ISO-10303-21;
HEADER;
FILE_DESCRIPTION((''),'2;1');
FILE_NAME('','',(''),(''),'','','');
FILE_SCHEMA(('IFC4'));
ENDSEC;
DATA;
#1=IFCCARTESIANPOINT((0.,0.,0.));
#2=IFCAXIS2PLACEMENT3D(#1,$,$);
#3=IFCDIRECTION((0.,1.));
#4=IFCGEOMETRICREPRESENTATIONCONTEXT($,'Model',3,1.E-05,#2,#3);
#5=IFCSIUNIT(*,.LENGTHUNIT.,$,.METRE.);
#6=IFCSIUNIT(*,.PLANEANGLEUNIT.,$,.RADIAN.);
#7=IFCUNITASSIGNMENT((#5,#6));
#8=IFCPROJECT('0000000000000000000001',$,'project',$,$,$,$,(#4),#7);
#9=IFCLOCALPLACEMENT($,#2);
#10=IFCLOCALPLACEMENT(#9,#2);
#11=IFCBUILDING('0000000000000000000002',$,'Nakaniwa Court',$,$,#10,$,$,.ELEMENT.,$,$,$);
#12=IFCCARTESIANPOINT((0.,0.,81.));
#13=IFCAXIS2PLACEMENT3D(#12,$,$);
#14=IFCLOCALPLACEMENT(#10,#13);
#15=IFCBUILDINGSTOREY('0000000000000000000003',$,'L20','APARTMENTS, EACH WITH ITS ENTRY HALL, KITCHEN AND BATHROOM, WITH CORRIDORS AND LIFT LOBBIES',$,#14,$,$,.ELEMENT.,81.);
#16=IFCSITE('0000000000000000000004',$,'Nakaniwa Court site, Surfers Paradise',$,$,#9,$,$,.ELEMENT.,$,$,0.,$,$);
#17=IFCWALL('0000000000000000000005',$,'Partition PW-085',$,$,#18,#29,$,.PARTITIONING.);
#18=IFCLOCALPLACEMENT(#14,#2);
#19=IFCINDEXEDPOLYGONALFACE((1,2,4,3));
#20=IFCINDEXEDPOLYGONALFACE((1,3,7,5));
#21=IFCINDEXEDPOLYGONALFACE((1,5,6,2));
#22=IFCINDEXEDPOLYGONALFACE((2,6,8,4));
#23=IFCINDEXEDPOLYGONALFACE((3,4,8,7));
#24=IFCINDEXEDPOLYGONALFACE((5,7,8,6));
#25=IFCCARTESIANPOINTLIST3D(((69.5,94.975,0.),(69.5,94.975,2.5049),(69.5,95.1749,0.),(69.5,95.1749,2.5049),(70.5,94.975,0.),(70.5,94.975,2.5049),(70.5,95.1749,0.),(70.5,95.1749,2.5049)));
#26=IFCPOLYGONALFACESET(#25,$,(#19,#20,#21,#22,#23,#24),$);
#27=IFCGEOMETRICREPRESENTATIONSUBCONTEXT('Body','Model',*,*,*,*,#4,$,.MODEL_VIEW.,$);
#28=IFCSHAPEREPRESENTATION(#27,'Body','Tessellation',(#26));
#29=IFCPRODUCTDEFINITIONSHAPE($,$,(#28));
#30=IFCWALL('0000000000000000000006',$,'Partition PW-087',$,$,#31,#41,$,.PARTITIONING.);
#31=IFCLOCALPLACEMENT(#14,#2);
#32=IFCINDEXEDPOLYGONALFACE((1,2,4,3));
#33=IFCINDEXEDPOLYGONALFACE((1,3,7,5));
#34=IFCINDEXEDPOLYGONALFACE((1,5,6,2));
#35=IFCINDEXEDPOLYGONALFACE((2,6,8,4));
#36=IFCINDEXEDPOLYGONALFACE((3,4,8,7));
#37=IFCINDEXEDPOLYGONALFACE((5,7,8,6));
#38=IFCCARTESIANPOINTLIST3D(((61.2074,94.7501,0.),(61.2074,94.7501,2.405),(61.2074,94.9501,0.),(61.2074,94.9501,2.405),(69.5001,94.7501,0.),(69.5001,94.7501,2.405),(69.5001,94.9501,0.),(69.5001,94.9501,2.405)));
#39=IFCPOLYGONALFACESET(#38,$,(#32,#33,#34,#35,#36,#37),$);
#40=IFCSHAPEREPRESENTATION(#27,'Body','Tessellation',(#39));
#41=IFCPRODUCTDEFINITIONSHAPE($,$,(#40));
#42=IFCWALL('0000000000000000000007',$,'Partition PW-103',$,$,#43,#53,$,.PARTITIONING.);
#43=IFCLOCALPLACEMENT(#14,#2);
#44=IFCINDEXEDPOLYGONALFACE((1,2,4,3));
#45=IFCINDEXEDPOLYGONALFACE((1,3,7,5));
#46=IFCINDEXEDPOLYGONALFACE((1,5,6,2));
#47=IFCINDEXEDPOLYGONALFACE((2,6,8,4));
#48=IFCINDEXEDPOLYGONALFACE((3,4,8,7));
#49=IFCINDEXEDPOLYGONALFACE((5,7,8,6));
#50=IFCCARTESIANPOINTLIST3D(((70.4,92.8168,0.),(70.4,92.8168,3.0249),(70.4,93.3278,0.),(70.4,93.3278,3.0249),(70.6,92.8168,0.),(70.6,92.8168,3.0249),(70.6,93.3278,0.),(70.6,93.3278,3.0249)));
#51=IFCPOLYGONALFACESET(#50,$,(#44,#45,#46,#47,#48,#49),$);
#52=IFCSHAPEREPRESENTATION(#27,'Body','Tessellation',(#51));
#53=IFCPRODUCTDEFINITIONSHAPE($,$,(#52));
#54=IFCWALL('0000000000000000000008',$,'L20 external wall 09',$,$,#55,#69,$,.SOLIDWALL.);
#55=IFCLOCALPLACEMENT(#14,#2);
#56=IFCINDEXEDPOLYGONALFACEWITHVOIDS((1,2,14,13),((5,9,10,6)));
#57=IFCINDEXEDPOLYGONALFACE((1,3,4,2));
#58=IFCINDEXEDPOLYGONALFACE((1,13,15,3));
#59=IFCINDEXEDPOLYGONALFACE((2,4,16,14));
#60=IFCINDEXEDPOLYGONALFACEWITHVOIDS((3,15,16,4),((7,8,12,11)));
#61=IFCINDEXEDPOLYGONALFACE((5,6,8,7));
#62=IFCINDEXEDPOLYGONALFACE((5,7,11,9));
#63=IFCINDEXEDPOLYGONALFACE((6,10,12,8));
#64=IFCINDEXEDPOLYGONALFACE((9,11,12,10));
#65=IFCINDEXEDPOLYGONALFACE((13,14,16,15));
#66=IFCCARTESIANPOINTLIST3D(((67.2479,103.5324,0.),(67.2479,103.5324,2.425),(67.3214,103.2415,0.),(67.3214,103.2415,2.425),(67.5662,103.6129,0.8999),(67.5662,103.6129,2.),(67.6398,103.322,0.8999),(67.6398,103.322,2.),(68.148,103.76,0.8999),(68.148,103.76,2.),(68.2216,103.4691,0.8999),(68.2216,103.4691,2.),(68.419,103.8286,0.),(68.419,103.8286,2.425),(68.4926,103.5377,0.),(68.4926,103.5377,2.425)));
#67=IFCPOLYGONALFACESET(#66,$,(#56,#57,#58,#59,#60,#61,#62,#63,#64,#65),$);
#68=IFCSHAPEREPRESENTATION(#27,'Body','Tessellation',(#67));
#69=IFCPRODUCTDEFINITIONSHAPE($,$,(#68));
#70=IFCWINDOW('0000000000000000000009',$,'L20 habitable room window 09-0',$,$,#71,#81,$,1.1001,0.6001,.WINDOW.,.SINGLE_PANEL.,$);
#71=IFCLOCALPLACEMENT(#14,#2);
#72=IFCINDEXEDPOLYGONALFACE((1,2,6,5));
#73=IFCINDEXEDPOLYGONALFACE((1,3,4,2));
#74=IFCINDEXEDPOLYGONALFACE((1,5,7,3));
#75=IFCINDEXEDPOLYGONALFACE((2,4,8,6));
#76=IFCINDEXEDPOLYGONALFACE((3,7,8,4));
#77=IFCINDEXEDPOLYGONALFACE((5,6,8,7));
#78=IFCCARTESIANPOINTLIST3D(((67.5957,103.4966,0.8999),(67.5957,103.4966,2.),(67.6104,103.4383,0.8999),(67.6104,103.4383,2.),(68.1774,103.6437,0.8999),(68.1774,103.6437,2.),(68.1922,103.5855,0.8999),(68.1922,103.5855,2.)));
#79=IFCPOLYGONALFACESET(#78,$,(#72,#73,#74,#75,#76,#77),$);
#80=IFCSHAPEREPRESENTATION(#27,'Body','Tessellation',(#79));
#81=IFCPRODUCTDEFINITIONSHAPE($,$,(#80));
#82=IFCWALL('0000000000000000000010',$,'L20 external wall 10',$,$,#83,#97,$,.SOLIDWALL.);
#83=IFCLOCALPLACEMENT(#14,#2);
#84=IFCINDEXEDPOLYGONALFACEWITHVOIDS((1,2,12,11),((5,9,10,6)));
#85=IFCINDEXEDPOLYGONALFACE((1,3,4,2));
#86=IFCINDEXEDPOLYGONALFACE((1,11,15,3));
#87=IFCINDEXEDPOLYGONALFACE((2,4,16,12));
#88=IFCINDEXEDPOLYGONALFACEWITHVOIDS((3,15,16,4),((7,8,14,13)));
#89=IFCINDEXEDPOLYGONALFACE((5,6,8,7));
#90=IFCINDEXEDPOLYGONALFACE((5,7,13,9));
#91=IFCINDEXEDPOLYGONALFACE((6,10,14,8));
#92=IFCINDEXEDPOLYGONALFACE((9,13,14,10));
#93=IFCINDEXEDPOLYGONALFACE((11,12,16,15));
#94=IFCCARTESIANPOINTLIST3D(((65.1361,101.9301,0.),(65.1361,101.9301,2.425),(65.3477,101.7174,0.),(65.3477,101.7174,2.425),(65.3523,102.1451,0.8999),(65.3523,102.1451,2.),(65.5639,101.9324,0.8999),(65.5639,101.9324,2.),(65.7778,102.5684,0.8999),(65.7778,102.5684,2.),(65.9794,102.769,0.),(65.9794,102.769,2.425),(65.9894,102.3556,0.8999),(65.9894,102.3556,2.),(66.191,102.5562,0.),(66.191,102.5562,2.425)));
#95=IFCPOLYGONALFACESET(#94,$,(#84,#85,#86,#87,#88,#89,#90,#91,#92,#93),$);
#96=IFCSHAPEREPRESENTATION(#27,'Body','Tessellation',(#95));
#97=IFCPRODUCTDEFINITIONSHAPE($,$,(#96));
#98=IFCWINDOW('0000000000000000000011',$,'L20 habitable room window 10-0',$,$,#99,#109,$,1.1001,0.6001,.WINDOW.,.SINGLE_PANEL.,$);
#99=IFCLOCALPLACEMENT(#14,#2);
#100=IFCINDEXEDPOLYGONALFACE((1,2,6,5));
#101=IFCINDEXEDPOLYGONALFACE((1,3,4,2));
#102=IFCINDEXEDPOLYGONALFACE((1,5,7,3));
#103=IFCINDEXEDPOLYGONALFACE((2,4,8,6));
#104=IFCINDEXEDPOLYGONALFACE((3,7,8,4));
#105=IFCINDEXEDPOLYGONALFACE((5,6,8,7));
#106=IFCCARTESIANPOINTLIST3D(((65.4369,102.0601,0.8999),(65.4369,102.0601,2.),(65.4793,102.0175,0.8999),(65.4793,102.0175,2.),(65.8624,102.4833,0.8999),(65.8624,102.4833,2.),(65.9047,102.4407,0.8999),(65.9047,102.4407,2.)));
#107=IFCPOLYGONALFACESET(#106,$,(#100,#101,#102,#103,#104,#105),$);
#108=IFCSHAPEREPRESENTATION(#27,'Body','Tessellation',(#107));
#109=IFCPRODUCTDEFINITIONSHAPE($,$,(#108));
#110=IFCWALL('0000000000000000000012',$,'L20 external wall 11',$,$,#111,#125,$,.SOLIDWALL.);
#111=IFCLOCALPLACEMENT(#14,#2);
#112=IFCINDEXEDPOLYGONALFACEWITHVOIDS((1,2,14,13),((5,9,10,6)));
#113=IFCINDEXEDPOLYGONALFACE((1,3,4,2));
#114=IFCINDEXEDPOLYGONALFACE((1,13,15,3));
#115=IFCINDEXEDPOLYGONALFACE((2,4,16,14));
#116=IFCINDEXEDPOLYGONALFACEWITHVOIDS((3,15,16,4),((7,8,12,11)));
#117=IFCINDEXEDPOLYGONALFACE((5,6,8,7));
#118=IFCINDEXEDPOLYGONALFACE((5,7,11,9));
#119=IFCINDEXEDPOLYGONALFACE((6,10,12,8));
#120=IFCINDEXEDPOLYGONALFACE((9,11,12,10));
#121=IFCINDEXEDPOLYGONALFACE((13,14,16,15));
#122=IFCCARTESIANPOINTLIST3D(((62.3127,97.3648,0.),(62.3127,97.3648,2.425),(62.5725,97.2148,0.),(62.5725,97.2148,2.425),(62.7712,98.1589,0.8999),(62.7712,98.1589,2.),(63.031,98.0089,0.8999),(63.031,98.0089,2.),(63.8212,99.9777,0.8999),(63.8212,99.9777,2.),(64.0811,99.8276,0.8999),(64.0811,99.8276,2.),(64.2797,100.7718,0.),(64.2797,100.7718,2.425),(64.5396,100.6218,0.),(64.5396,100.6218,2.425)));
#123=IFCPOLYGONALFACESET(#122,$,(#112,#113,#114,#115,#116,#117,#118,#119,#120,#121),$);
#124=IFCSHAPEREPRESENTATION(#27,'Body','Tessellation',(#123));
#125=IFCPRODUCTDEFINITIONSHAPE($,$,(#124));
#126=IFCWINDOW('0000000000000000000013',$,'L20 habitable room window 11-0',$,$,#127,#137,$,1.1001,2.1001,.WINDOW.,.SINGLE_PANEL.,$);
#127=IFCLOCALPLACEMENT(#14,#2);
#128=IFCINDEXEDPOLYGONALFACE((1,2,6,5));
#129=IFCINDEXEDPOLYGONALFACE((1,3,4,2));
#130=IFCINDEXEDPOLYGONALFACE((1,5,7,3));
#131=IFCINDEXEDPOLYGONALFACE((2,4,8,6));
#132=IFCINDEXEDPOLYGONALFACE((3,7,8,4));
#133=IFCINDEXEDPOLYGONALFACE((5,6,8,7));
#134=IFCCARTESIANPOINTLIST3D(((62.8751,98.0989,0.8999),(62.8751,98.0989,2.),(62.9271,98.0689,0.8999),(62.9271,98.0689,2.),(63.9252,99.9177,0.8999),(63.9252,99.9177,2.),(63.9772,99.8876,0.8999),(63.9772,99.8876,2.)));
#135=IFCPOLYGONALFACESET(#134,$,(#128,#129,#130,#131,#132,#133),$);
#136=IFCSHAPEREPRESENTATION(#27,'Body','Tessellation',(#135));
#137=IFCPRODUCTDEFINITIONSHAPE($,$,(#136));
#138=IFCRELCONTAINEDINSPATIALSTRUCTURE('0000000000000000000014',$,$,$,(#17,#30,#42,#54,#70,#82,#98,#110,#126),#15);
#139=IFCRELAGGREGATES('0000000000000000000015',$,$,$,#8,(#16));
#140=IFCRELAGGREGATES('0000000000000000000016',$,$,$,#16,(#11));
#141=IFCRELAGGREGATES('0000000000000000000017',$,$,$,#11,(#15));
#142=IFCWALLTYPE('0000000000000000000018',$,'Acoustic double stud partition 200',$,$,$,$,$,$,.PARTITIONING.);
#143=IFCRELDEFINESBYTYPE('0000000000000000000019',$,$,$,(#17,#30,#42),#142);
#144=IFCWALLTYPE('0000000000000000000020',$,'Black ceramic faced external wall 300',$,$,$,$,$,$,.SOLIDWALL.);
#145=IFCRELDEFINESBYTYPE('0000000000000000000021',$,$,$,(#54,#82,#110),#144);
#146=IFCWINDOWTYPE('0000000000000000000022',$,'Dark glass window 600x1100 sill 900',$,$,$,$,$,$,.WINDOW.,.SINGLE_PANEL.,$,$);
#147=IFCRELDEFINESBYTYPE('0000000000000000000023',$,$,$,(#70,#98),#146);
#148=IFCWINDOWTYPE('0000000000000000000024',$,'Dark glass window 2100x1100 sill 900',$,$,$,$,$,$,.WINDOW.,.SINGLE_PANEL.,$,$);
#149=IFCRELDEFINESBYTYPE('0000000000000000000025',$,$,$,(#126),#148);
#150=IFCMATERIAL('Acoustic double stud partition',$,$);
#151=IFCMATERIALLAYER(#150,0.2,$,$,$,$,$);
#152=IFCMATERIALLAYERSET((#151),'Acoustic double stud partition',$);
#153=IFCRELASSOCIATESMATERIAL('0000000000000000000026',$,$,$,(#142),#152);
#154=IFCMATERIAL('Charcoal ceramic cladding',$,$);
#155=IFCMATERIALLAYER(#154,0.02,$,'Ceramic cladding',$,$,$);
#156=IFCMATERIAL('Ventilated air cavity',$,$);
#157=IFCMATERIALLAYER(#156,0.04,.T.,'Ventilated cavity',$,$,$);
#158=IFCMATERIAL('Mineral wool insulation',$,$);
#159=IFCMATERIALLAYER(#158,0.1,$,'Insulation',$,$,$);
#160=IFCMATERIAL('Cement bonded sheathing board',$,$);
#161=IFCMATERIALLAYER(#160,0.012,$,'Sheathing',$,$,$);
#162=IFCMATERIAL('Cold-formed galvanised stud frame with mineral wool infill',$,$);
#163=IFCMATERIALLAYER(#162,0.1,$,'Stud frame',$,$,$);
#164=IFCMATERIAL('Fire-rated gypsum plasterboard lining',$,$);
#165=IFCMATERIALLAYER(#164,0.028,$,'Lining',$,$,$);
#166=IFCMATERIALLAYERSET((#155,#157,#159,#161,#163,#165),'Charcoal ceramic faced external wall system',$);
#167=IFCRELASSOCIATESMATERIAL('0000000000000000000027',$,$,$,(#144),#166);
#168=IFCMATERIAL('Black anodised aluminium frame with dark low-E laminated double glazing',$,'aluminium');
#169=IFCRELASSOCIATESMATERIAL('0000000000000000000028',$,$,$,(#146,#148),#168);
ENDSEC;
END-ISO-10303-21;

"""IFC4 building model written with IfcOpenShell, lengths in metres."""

from ifc_helpers import new_model, si_unit, direction, frame, frame_2d, origin, place, context, subcontext, project, spatial, rectangle, extrude, material, layer, layer_set, type_object, element, fill, save


model = new_model("IFC4")

# Units and contexts
model_context = context("Model", 3, precision=1e-05, world=origin(), true_north=direction((0.0, 1.0)))
body_context = subcontext(model_context, "Body", "Model", "MODEL_VIEW")
ifc_project = project(units=[si_unit("LENGTHUNIT", "METRE"), si_unit("PLANEANGLEUNIT", "RADIAN")], contexts=[model_context])

# Site, building, storey
site_placement = place(None, origin())
site = spatial("IfcSite", under=ifc_project, at=site_placement, Name="Nakaniwa Court site, Surfers Paradise", CompositionType="ELEMENT", RefElevation=0.0)
building_placement = place(site_placement, origin())
building = spatial("IfcBuilding", under=site, at=building_placement, Name="Nakaniwa Court", CompositionType="ELEMENT")
storey_placement = place(building_placement, frame((0.0, 0.0, 81.0)))
storey = spatial("IfcBuildingStorey", under=building, at=storey_placement, Name="L20", Description="APARTMENTS, EACH WITH ITS ENTRY HALL, KITCHEN AND BATHROOM, WITH CORRIDORS AND LIFT LOBBIES", CompositionType="ELEMENT", Elevation=81.0)

# Walls
ifc_material_1 = material(Name="Acoustic double stud partition")
ifc_layer_1 = layer(ifc_material_1, 0.2)
ifc_layer_set_1 = layer_set([ifc_layer_1], Name="Acoustic double stud partition")
wall_type_1 = type_object("IfcWallType", Name="Acoustic double stud partition 200", PredefinedType="PARTITIONING", material=ifc_layer_set_1)
for number, where, z_axis, x_axis, name in (
    (1, (69.5, 95.075, 0.0), (0.0, 0.0, 1.0), (1.0, 0.0, 0.0), "Partition PW-085"),
):
    element("IfcWall", number, at=place(storey_placement, frame(where, z_axis=z_axis, x_axis=x_axis)), inside=storey, type_object=wall_type_1, Name=name, PredefinedType="PARTITIONING", context=body_context, shape_type="SweptSolid", body=[
        extrude(rectangle(XDim=1.0, YDim=0.2, at=frame_2d((0.5, 0.0))), origin(), (0.0, 0.0, 1.0), 2.5049),
    ])
wall_1_placement = place(storey_placement, frame((61.2073, 94.8501, 0.0), z_axis=(0.0, 0.0, 1.0), x_axis=(1.0, 0.0, 0.0)))
element("IfcWall", 2, at=wall_1_placement, inside=storey, type_object=wall_type_1, Name="Partition PW-087", PredefinedType="PARTITIONING", context=body_context, shape_type="SweptSolid", body=[
    extrude(rectangle(XDim=8.2927, YDim=0.2, at=frame_2d((4.1465, 0.0))), origin(), (0.0, 0.0, 1.0), 2.405),
])
wall_2_placement = place(storey_placement, frame((70.5, 92.8169, 0.0), z_axis=(0.0, 0.0, 1.0), x_axis=(0.0, 1.0, 0.0)))
element("IfcWall", 3, at=wall_2_placement, inside=storey, type_object=wall_type_1, Name="Partition PW-103", PredefinedType="PARTITIONING", context=body_context, shape_type="SweptSolid", body=[
    extrude(rectangle(XDim=0.511, YDim=0.2, at=frame_2d((0.2554, 0.0))), origin(), (0.0, 0.0, 1.0), 3.0249),
])

# Walls, openings, windows
ifc_material_2 = material(Name="Charcoal ceramic cladding")
ifc_layer_2 = layer(ifc_material_2, 0.02, Name="Ceramic cladding")
ifc_material_3 = material(Name="Ventilated air cavity")
ifc_layer_3 = layer(ifc_material_3, 0.04, ventilated=True, Name="Ventilated cavity")
ifc_material_4 = material(Name="Mineral wool insulation")
ifc_layer_4 = layer(ifc_material_4, 0.1, Name="Insulation")
ifc_material_5 = material(Name="Cement bonded sheathing board")
ifc_layer_5 = layer(ifc_material_5, 0.012, Name="Sheathing")
ifc_material_6 = material(Name="Cold-formed galvanised stud frame with mineral wool infill")
ifc_layer_6 = layer(ifc_material_6, 0.1, Name="Stud frame")
ifc_material_7 = material(Name="Fire-rated gypsum plasterboard lining")
ifc_layer_7 = layer(ifc_material_7, 0.028, Name="Lining")
ifc_layer_set_2 = layer_set([ifc_layer_2, ifc_layer_3, ifc_layer_4, ifc_layer_5, ifc_layer_6, ifc_layer_7], Name="Charcoal ceramic faced external wall system")
wall_type_2 = type_object("IfcWallType", Name="Black ceramic faced external wall 300", PredefinedType="SOLIDWALL", material=ifc_layer_set_2)
wall_3_placement = place(storey_placement, frame((68.4558, 103.6831, 0.0), z_axis=(0.0, 0.0, 1.0), x_axis=(-0.969485, -0.24515, 0.0)))
wall_3 = element("IfcWall", 4, at=wall_3_placement, inside=storey, type_object=wall_type_2, Name="L20 external wall 09", PredefinedType="SOLIDWALL", context=body_context, shape_type="SweptSolid", body=[
    extrude(rectangle(XDim=1.208, YDim=0.3, at=frame_2d((0.604, 0.0))), origin(), (0.0, 0.0, 1.0), 2.425),
])
opening_1_placement = place(wall_3_placement, frame((0.2795, 0.0, 0.8999)))
opening_1 = element("IfcOpeningElement", 5, at=opening_1_placement, cuts=wall_3, PredefinedType="OPENING", context=body_context, shape_type="SweptSolid", body=[
    extrude(rectangle(XDim=0.6001, YDim=1.1001, at=frame_2d((0.3, 0.55))), frame((0.0, 0.1599, 0.0), z_axis=(0.0, -1.0, 0.0), x_axis=(1.0, 0.0, 0.0)), (0.0, 0.0, 1.0), 0.3201),
])
ifc_material_8 = material(Name="Black anodised aluminium frame with dark low-E laminated double glazing", Category="aluminium")
window_type_1 = type_object("IfcWindowType", Name="Dark glass window 600x1100 sill 900", PartitioningType="SINGLE_PANEL", PredefinedType="WINDOW", material=ifc_material_8)
window_1_placement = place(opening_1_placement, origin())
window_1 = element("IfcWindow", 6, at=window_1_placement, inside=storey, type_object=window_type_1, Name="L20 habitable room window 09-0", OverallHeight=1.1001, OverallWidth=0.6001, PartitioningType="SINGLE_PANEL", PredefinedType="WINDOW", context=body_context, shape_type="SweptSolid", body=[
    extrude(rectangle(XDim=0.6001, YDim=1.1001, at=frame_2d((0.3, 0.55))), frame((0.0, 0.03, 0.0), z_axis=(0.0, -1.0, 0.0), x_axis=(1.0, 0.0, 0.0)), (0.0, 0.0, 1.0), 0.0601),
])
fill(opening_1, window_1)
wall_4_placement = place(storey_placement, frame((66.0852, 102.6626, 0.0), z_axis=(0.0, 0.0, 1.0), x_axis=(-0.708952, -0.705257, 0.0)))
wall_4 = element("IfcWall", 7, at=wall_4_placement, inside=storey, type_object=wall_type_2, Name="L20 external wall 10", PredefinedType="SOLIDWALL", context=body_context, shape_type="SweptSolid", body=[
    extrude(rectangle(XDim=1.1895, YDim=0.3, at=frame_2d((0.5947, 0.0))), origin(), (0.0, 0.0, 1.0), 2.425),
])
opening_2_placement = place(wall_4_placement, frame((0.2844, 0.0, 0.8999)))
opening_2 = element("IfcOpeningElement", 8, at=opening_2_placement, cuts=wall_4, PredefinedType="OPENING", context=body_context, shape_type="SweptSolid", body=[
    extrude(rectangle(XDim=0.6001, YDim=1.1001, at=frame_2d((0.3, 0.55))), frame((0.0, 0.1599, 0.0), z_axis=(0.0, -1.0, 0.0), x_axis=(1.0, 0.0, 0.0)), (0.0, 0.0, 1.0), 0.3201),
])
window_2_placement = place(opening_2_placement, origin())
window_2 = element("IfcWindow", 9, at=window_2_placement, inside=storey, type_object=window_type_1, Name="L20 habitable room window 10-0", OverallHeight=1.1001, OverallWidth=0.6001, PartitioningType="SINGLE_PANEL", PredefinedType="WINDOW", context=body_context, shape_type="SweptSolid", body=[
    extrude(rectangle(XDim=0.6001, YDim=1.1001, at=frame_2d((0.3, 0.55))), frame((0.0, 0.03, 0.0), z_axis=(0.0, -1.0, 0.0), x_axis=(1.0, 0.0, 0.0)), (0.0, 0.0, 1.0), 0.0601),
])
fill(opening_2, window_2)
wall_5_placement = place(storey_placement, frame((64.4097, 100.6968, 0.0), z_axis=(0.0, 0.0, 1.0), x_axis=(-0.500004, -0.866023, 0.0)))
wall_5 = element("IfcWall", 10, at=wall_5_placement, inside=storey, type_object=wall_type_2, Name="L20 external wall 11", PredefinedType="SOLIDWALL", context=body_context, shape_type="SweptSolid", body=[
    extrude(rectangle(XDim=3.9341, YDim=0.3, at=frame_2d((1.967, 0.0))), origin(), (0.0, 0.0, 1.0), 2.425),
])
opening_3_placement = place(wall_5_placement, frame((0.917, 0.0, 0.8999)))
opening_3 = element("IfcOpeningElement", 11, at=opening_3_placement, cuts=wall_5, PredefinedType="OPENING", context=body_context, shape_type="SweptSolid", body=[
    extrude(rectangle(XDim=2.1001, YDim=1.1001, at=frame_2d((1.05, 0.55))), frame((0.0, 0.1599, 0.0), z_axis=(0.0, -1.0, 0.0), x_axis=(1.0, 0.0, 0.0)), (0.0, 0.0, 1.0), 0.3201),
])
window_type_2 = type_object("IfcWindowType", Name="Dark glass window 2100x1100 sill 900", PartitioningType="SINGLE_PANEL", PredefinedType="WINDOW", material=ifc_material_8)
window_3_placement = place(opening_3_placement, origin())
window_3 = element("IfcWindow", 12, at=window_3_placement, inside=storey, type_object=window_type_2, Name="L20 habitable room window 11-0", OverallHeight=1.1001, OverallWidth=2.1001, PartitioningType="SINGLE_PANEL", PredefinedType="WINDOW", context=body_context, shape_type="SweptSolid", body=[
    extrude(rectangle(XDim=2.1001, YDim=1.1001, at=frame_2d((1.05, 0.55))), frame((0.0, 0.03, 0.0), z_axis=(0.0, -1.0, 0.0), x_axis=(1.0, 0.0, 0.0)), (0.0, 0.0, 1.0), 0.0601),
])
fill(opening_3, window_3)

save(model, "model.ifc")
